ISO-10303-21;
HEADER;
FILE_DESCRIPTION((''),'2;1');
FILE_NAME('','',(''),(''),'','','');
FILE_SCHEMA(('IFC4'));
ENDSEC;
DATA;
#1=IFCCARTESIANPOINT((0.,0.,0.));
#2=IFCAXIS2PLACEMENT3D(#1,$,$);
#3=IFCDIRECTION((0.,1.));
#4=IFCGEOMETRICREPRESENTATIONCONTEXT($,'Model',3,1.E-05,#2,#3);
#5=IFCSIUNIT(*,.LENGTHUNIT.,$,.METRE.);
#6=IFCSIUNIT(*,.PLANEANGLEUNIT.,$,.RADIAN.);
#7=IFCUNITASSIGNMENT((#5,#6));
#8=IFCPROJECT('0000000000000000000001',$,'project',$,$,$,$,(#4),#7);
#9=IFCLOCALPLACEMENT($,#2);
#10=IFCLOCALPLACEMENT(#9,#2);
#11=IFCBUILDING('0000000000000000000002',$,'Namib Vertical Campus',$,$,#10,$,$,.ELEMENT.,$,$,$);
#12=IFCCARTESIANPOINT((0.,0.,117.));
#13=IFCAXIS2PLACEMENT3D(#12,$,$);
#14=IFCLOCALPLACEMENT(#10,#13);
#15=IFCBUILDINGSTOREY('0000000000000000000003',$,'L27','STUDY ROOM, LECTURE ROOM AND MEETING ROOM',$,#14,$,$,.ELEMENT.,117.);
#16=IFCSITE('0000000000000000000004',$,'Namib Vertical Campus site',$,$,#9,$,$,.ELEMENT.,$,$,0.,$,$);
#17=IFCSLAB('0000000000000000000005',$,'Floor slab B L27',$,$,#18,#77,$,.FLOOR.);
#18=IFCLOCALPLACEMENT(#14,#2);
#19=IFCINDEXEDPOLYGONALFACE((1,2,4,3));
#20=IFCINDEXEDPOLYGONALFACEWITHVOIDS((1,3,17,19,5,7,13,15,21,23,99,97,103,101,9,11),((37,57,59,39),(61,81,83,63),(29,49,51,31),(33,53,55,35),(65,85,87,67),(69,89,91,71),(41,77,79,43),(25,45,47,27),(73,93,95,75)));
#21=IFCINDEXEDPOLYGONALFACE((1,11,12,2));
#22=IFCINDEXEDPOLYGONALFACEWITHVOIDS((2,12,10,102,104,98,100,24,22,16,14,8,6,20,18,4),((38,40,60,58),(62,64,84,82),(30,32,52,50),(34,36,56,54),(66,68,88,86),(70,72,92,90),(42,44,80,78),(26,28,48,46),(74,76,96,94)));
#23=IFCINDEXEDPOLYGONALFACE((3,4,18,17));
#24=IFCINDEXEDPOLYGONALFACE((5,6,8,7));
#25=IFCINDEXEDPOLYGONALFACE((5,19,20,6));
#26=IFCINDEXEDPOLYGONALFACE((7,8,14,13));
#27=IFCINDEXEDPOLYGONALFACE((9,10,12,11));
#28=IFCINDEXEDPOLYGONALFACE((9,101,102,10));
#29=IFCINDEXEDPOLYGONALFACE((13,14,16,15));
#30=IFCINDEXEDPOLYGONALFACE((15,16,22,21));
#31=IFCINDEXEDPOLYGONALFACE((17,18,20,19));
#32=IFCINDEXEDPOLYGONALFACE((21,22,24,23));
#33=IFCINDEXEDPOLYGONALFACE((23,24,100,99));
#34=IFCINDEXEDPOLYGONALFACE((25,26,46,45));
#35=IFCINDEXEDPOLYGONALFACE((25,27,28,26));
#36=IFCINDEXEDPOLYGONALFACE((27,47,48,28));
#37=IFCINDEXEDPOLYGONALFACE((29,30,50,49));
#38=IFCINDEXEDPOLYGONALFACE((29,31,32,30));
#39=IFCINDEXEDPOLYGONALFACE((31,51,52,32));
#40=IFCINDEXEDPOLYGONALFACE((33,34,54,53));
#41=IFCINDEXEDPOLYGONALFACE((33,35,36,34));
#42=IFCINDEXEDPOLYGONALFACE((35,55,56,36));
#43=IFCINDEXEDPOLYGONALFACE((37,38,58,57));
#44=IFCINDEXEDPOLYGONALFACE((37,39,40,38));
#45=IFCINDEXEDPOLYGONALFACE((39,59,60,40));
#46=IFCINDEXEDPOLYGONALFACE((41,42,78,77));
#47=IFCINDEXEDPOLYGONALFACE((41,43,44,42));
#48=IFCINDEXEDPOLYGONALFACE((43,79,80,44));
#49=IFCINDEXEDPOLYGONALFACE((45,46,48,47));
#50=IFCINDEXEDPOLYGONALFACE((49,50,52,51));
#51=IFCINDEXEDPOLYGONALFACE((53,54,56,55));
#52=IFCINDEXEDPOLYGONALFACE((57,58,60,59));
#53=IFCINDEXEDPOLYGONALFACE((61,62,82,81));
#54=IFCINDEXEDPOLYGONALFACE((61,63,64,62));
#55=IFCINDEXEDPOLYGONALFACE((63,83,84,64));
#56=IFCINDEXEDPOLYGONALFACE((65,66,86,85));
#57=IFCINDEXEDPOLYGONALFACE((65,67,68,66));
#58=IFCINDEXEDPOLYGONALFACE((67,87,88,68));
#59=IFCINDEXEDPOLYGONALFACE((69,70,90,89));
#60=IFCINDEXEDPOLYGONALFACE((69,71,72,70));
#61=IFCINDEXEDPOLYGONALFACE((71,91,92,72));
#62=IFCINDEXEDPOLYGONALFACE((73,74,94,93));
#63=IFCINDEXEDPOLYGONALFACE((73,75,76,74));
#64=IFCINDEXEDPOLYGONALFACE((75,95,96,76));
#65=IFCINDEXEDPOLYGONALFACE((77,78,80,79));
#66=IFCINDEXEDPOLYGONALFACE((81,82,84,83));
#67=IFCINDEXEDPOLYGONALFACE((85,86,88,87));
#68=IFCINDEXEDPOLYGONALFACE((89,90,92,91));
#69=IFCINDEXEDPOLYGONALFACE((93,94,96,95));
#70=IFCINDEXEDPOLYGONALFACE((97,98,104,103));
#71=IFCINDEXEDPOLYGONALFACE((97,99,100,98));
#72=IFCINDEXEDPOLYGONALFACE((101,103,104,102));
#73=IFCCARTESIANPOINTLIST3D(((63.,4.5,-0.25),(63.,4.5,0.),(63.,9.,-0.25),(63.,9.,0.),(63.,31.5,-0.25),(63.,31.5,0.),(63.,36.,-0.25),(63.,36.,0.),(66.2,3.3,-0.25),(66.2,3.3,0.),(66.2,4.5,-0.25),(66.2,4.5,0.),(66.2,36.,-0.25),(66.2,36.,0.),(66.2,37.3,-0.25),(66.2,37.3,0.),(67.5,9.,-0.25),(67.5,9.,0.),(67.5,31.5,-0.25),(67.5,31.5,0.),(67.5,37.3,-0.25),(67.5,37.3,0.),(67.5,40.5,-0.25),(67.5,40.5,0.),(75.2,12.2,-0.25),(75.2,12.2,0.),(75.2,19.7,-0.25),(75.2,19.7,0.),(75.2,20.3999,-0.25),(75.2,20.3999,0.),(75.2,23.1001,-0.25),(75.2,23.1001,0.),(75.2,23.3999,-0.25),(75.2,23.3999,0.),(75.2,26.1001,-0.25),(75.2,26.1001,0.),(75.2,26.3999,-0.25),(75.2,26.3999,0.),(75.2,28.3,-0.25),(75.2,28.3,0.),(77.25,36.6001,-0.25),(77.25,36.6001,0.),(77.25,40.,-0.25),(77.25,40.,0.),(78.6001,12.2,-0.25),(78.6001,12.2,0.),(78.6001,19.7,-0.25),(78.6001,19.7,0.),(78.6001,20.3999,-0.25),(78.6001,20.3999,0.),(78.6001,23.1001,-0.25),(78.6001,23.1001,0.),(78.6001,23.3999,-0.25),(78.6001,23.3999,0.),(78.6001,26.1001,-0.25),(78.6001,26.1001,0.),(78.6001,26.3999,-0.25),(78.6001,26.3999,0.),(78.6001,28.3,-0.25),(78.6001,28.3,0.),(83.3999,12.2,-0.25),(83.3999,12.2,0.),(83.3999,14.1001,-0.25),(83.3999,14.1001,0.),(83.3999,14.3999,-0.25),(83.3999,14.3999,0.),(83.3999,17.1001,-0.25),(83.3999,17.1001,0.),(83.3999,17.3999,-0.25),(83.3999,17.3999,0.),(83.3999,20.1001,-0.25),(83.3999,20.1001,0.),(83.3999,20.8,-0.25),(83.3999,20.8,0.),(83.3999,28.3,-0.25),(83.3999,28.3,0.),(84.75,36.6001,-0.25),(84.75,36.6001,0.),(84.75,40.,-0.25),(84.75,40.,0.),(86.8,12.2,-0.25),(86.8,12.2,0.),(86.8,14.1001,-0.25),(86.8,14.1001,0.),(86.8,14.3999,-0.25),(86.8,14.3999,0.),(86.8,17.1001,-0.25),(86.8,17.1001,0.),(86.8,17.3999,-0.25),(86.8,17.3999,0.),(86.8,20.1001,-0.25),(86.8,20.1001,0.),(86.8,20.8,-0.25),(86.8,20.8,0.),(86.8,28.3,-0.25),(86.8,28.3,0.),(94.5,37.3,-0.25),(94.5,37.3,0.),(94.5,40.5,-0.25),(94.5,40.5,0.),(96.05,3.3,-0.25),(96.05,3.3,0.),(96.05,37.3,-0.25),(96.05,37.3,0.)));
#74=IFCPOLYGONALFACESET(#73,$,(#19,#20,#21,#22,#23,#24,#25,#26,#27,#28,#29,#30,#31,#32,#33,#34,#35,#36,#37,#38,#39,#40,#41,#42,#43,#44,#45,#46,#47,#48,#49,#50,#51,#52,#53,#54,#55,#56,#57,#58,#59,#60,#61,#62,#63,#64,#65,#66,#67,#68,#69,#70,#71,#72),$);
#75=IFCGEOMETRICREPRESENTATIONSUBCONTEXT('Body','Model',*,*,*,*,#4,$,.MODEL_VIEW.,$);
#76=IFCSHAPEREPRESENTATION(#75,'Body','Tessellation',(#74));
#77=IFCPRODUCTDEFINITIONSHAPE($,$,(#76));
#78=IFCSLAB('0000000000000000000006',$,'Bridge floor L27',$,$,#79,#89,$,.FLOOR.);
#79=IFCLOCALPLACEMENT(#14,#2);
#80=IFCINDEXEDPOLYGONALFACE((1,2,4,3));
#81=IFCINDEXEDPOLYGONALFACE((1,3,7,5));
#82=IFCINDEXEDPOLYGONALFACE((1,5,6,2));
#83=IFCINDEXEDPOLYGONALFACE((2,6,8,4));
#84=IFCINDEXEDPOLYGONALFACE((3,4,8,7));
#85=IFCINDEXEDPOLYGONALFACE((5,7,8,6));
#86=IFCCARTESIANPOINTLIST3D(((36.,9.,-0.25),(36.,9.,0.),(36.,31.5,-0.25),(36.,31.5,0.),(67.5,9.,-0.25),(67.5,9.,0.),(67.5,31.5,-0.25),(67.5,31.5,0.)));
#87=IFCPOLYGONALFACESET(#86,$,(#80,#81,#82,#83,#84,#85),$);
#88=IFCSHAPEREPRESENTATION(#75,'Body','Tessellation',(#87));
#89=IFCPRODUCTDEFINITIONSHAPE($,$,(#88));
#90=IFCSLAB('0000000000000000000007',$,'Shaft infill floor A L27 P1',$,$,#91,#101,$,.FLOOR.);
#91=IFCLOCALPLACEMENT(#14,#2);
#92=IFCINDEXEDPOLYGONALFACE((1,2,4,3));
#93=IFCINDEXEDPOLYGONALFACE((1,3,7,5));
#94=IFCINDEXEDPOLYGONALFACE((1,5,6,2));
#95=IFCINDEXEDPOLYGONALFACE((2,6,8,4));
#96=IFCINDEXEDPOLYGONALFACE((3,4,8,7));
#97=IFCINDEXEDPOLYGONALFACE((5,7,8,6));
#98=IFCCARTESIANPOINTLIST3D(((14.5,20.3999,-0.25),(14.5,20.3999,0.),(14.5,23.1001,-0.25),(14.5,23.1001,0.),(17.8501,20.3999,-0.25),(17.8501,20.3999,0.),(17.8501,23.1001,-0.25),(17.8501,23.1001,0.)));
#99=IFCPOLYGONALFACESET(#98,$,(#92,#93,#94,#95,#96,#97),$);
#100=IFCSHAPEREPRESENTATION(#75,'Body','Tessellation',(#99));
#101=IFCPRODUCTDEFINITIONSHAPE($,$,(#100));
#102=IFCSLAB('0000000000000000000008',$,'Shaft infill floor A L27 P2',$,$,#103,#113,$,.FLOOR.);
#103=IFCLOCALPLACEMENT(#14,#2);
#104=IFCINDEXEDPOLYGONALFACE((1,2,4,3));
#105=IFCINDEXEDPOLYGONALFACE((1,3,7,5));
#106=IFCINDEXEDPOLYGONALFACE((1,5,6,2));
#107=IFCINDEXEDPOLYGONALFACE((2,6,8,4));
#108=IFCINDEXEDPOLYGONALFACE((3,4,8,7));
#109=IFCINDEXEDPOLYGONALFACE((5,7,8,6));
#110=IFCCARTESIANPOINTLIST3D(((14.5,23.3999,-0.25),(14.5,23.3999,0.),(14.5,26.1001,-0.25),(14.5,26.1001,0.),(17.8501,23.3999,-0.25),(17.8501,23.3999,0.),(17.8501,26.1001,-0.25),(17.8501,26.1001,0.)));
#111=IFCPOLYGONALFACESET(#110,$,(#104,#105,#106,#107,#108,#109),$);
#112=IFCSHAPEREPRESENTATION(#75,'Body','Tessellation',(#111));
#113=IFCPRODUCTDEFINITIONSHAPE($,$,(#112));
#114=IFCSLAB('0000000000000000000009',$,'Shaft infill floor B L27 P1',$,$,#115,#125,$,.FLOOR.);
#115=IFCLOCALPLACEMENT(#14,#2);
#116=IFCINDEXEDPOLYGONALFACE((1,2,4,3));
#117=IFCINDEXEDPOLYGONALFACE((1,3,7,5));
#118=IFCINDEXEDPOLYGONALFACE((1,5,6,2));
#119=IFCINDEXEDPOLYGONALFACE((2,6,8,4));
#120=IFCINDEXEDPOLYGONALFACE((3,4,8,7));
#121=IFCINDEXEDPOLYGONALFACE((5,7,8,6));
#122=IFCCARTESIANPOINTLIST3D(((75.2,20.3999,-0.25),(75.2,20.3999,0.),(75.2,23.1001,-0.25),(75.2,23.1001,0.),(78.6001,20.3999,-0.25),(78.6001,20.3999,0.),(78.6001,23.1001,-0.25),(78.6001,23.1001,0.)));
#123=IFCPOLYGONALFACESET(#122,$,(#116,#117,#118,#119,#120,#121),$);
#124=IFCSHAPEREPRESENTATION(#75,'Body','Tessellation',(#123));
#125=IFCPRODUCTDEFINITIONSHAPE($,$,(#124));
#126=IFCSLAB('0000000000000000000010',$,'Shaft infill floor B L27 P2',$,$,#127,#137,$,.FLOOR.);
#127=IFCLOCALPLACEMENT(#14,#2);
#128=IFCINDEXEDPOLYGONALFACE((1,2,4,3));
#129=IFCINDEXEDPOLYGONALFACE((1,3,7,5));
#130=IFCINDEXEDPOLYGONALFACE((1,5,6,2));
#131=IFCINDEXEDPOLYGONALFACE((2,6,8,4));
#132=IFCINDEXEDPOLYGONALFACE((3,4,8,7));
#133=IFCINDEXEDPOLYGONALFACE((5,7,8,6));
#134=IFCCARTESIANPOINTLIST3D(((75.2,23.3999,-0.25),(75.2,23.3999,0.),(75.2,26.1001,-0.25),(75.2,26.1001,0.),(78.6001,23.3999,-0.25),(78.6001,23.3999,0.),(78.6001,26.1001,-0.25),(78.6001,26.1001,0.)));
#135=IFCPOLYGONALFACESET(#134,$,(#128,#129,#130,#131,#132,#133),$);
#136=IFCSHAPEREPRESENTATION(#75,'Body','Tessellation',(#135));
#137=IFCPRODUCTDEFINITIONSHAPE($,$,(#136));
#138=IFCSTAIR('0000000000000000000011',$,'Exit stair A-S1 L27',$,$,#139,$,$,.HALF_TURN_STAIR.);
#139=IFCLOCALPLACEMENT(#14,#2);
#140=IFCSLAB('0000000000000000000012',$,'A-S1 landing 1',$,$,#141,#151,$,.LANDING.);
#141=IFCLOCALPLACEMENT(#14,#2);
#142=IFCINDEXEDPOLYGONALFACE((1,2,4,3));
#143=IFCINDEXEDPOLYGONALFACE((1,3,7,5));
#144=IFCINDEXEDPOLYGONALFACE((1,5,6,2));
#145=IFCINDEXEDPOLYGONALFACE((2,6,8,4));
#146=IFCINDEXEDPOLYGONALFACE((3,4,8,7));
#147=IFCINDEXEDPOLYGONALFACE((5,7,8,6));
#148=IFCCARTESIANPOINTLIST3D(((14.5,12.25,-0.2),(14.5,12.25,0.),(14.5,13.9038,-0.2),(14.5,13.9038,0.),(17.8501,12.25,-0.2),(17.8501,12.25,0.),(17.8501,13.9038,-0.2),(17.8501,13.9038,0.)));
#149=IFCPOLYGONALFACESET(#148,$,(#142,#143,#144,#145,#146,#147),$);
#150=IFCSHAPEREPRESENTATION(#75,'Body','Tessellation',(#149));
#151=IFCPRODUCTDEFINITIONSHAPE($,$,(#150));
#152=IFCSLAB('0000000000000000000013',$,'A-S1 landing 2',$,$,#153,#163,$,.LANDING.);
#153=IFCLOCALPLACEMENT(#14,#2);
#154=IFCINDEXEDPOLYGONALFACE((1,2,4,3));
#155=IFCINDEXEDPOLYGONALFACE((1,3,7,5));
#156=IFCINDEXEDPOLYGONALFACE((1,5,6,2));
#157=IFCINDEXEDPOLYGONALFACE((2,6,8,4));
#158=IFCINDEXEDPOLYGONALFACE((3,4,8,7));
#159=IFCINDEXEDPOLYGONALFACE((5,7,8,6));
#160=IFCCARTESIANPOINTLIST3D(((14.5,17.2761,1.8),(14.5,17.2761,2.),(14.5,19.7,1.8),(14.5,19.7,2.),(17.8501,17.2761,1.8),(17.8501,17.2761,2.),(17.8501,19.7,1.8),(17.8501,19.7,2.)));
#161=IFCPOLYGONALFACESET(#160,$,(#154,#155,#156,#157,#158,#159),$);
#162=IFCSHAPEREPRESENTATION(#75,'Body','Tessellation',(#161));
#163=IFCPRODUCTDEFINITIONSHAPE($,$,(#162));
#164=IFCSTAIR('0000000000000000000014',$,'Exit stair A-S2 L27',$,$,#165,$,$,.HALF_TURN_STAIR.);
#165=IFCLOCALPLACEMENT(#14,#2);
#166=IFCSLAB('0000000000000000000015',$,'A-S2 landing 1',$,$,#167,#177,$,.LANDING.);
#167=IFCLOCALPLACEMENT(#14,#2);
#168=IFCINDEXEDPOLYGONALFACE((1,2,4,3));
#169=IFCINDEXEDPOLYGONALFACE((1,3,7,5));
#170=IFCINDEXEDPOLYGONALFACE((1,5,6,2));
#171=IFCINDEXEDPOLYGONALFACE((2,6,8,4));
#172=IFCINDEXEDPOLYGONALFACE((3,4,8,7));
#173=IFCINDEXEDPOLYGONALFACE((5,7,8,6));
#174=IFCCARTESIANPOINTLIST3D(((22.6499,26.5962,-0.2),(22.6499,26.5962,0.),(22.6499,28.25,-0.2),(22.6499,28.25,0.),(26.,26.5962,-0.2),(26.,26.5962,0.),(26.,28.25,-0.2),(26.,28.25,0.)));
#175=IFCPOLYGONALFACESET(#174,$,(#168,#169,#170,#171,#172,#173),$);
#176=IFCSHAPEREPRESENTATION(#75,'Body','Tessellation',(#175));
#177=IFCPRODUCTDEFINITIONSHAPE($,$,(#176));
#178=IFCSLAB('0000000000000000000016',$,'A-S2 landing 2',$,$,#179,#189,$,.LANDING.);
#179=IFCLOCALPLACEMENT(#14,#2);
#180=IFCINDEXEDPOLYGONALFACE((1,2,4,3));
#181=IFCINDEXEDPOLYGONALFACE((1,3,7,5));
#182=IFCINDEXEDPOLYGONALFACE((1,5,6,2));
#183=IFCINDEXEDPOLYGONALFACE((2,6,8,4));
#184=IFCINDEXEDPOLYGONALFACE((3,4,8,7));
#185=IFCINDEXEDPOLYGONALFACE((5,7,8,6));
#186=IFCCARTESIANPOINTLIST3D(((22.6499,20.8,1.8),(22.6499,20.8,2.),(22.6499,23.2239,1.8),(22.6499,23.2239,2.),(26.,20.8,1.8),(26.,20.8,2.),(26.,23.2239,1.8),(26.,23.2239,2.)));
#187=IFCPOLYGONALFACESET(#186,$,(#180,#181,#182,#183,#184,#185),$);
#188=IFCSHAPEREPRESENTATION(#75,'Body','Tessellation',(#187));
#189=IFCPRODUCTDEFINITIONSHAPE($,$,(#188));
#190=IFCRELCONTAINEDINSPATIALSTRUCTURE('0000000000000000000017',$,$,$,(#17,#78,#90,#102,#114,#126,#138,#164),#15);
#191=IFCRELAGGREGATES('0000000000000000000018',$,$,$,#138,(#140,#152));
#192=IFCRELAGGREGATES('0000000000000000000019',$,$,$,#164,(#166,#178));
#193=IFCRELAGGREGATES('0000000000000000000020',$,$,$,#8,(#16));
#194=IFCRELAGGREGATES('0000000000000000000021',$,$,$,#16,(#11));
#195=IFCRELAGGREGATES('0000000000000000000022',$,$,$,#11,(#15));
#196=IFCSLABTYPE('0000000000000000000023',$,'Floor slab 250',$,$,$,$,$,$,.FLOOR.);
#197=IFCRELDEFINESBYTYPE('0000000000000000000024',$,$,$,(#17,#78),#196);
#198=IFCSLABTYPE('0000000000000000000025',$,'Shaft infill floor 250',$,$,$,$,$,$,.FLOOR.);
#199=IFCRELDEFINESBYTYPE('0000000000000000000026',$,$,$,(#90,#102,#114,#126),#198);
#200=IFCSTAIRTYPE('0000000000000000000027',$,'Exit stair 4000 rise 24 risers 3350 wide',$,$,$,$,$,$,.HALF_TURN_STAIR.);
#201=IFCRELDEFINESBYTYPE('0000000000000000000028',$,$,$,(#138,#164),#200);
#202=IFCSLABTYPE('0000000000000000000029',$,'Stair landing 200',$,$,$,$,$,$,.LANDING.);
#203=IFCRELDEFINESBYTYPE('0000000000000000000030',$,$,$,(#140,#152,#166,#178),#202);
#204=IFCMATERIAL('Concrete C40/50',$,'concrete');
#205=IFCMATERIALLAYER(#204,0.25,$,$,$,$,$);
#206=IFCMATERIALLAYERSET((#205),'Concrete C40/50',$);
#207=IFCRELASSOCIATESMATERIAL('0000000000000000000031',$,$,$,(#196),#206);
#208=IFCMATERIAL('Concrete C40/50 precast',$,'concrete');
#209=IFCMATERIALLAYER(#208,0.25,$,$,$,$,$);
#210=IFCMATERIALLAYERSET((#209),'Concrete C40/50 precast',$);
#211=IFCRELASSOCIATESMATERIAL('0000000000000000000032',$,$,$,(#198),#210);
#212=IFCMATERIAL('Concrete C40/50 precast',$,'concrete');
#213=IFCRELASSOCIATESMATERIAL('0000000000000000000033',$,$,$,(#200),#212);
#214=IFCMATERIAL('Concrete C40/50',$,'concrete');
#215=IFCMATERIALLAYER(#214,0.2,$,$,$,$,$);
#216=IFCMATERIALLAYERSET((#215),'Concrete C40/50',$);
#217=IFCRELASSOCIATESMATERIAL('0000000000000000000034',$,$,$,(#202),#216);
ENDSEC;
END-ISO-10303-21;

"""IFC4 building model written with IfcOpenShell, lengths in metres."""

from ifc_helpers import new_model, si_unit, direction, frame, origin, place, context, subcontext, project, spatial, polyline, outline, extrude, material, layer, layer_set, type_object, element, aggregate, save


model = new_model("IFC4")

# Units and contexts
model_context = context("Model", 3, precision=1e-05, world=origin(), true_north=direction((0.0, 1.0)))
body_context = subcontext(model_context, "Body", "Model", "MODEL_VIEW")
ifc_project = project(units=[si_unit("LENGTHUNIT", "METRE"), si_unit("PLANEANGLEUNIT", "RADIAN")], contexts=[model_context])

# Site, building, storey
site_placement = place(None, origin())
site = spatial("IfcSite", under=ifc_project, at=site_placement, Name="Namib Vertical Campus site", CompositionType="ELEMENT", RefElevation=0.0)
building_placement = place(site_placement, origin())
building = spatial("IfcBuilding", under=site, at=building_placement, Name="Namib Vertical Campus", CompositionType="ELEMENT")
storey_placement = place(building_placement, frame((0.0, 0.0, 117.0)))
storey = spatial("IfcBuildingStorey", under=building, at=storey_placement, Name="L27", Description="STUDY ROOM, LECTURE ROOM AND MEETING ROOM", CompositionType="ELEMENT", Elevation=117.0)

# Slabs
ifc_material_1 = material(Name="Concrete C40/50", Category="concrete")
ifc_layer_1 = layer(ifc_material_1, 0.25)
ifc_layer_set_1 = layer_set([ifc_layer_1], Name="Concrete C40/50")
slab_type_1 = type_object("IfcSlabType", Name="Floor slab 250", PredefinedType="FLOOR", material=ifc_layer_set_1)
slab_1_placement = place(storey_placement, frame((0.0, 0.0, -0.25)))
element("IfcSlab", 1, at=slab_1_placement, inside=storey, type_object=slab_type_1, Name="Floor slab B L27", PredefinedType="FLOOR", context=body_context, shape_type="SweptSolid", body=[
    extrude(outline(polyline([(63.0, 9.0), (63.0, 4.5), (66.2, 4.5), (66.2, 3.3), (96.05, 3.3), (96.05, 37.3), (94.5, 37.3), (94.5, 40.5), (67.5, 40.5), (67.5, 37.3), (66.2, 37.3), (66.2, 36.0), (63.0, 36.0), (63.0, 31.5), (67.5, 31.5), (67.5, 9.0), (63.0, 9.0)]), holes=[polyline([(75.2, 12.2), (78.6001, 12.2), (78.6001, 19.7), (75.2, 19.7), (75.2, 12.2)]), polyline([(83.3999, 20.8), (86.8, 20.8), (86.8, 28.3), (83.3999, 28.3), (83.3999, 20.8)]), polyline([(83.3999, 12.2), (86.8, 12.2), (86.8, 14.1001), (83.3999, 14.1001), (83.3999, 12.2)]), polyline([(75.2, 20.3999), (78.6001, 20.3999), (78.6001, 23.1001), (75.2, 23.1001), (75.2, 20.3999)]), polyline([(75.2, 23.3999), (78.6001, 23.3999), (78.6001, 26.1001), (75.2, 26.1001), (75.2, 23.3999)]), polyline([(75.2, 26.3999), (78.6001, 26.3999), (78.6001, 28.3), (75.2, 28.3), (75.2, 26.3999)]), polyline([(83.3999, 14.3999), (86.8, 14.3999), (86.8, 17.1001), (83.3999, 17.1001), (83.3999, 14.3999)]), polyline([(83.3999, 17.3999), (86.8, 17.3999), (86.8, 20.1001), (83.3999, 20.1001), (83.3999, 17.3999)]), polyline([(77.25, 36.6001), (84.75, 36.6001), (84.75, 40.0), (77.25, 40.0), (77.25, 36.6001)])]), origin(), (0.0, 0.0, 1.0), 0.25),
])
slab_2_placement = place(storey_placement, frame((0.0, 0.0, -0.25)))
element("IfcSlab", 2, at=slab_2_placement, inside=storey, type_object=slab_type_1, Name="Bridge floor L27", PredefinedType="FLOOR", context=body_context, shape_type="SweptSolid", body=[
    extrude(outline(polyline([(36.0, 9.0), (67.5, 9.0), (67.5, 31.5), (36.0, 31.5), (36.0, 9.0)])), origin(), (0.0, 0.0, 1.0), 0.25),
])
ifc_material_2 = material(Name="Concrete C40/50 precast", Category="concrete")
ifc_layer_2 = layer(ifc_material_2, 0.25)
ifc_layer_set_2 = layer_set([ifc_layer_2], Name="Concrete C40/50 precast")
slab_type_2 = type_object("IfcSlabType", Name="Shaft infill floor 250", PredefinedType="FLOOR", material=ifc_layer_set_2)
slab_3_placement = place(storey_placement, frame((0.0, 0.0, -0.25)))
element("IfcSlab", 3, at=slab_3_placement, inside=storey, type_object=slab_type_2, Name="Shaft infill floor A L27 P1", PredefinedType="FLOOR", context=body_context, shape_type="SweptSolid", body=[
    extrude(outline(polyline([(14.5, 20.3999), (17.8501, 20.3999), (17.8501, 23.1001), (14.5, 23.1001), (14.5, 20.3999)])), origin(), (0.0, 0.0, 1.0), 0.25),
])
slab_4_placement = place(storey_placement, frame((0.0, 0.0, -0.25)))
element("IfcSlab", 4, at=slab_4_placement, inside=storey, type_object=slab_type_2, Name="Shaft infill floor A L27 P2", PredefinedType="FLOOR", context=body_context, shape_type="SweptSolid", body=[
    extrude(outline(polyline([(14.5, 23.3999), (17.8501, 23.3999), (17.8501, 26.1001), (14.5, 26.1001), (14.5, 23.3999)])), origin(), (0.0, 0.0, 1.0), 0.25),
])
slab_5_placement = place(storey_placement, frame((0.0, 0.0, -0.25)))
element("IfcSlab", 5, at=slab_5_placement, inside=storey, type_object=slab_type_2, Name="Shaft infill floor B L27 P1", PredefinedType="FLOOR", context=body_context, shape_type="SweptSolid", body=[
    extrude(outline(polyline([(75.2, 20.3999), (78.6001, 20.3999), (78.6001, 23.1001), (75.2, 23.1001), (75.2, 20.3999)])), origin(), (0.0, 0.0, 1.0), 0.25),
])
slab_6_placement = place(storey_placement, frame((0.0, 0.0, -0.25)))
element("IfcSlab", 6, at=slab_6_placement, inside=storey, type_object=slab_type_2, Name="Shaft infill floor B L27 P2", PredefinedType="FLOOR", context=body_context, shape_type="SweptSolid", body=[
    extrude(outline(polyline([(75.2, 23.3999), (78.6001, 23.3999), (78.6001, 26.1001), (75.2, 26.1001), (75.2, 23.3999)])), origin(), (0.0, 0.0, 1.0), 0.25),
])

# Stairs, slabs
ifc_material_3 = material(Name="Concrete C40/50 precast", Category="concrete")
stair_type_1 = type_object("IfcStairType", Name="Exit stair 4000 rise 24 risers 3350 wide", PredefinedType="HALF_TURN_STAIR", material=ifc_material_3)
stair_1_placement = place(storey_placement, origin())
stair_1 = element("IfcStair", 7, at=stair_1_placement, inside=storey, type_object=stair_type_1, Name="Exit stair A-S1 L27", PredefinedType="HALF_TURN_STAIR")
ifc_material_4 = material(Name="Concrete C40/50", Category="concrete")
ifc_layer_3 = layer(ifc_material_4, 0.2)
ifc_layer_set_3 = layer_set([ifc_layer_3], Name="Concrete C40/50")
slab_type_3 = type_object("IfcSlabType", Name="Stair landing 200", PredefinedType="LANDING", material=ifc_layer_set_3)
slab_7_placement = place(storey_placement, frame((0.0, 0.0, -0.2)))
slab_7 = element("IfcSlab", 8, at=slab_7_placement, type_object=slab_type_3, Name="A-S1 landing 1", PredefinedType="LANDING", context=body_context, shape_type="SweptSolid", body=[
    extrude(outline(polyline([(14.5, 12.25), (17.8501, 12.25), (17.8501, 13.9038), (14.5, 13.9038), (14.5, 12.25)])), origin(), (0.0, 0.0, 1.0), 0.2),
])
slab_8_placement = place(storey_placement, frame((0.0, 0.0, 1.8)))
slab_8 = element("IfcSlab", 9, at=slab_8_placement, type_object=slab_type_3, Name="A-S1 landing 2", PredefinedType="LANDING", context=body_context, shape_type="SweptSolid", body=[
    extrude(outline(polyline([(14.5, 17.2761), (17.8501, 17.2761), (17.8501, 19.7), (14.5, 19.7), (14.5, 17.2761)])), origin(), (0.0, 0.0, 1.0), 0.2),
])
aggregate(stair_1, [slab_7, slab_8])
stair_2_placement = place(storey_placement, origin())
stair_2 = element("IfcStair", 10, at=stair_2_placement, inside=storey, type_object=stair_type_1, Name="Exit stair A-S2 L27", PredefinedType="HALF_TURN_STAIR")
slab_9_placement = place(storey_placement, frame((0.0, 0.0, -0.2)))
slab_9 = element("IfcSlab", 11, at=slab_9_placement, type_object=slab_type_3, Name="A-S2 landing 1", PredefinedType="LANDING", context=body_context, shape_type="SweptSolid", body=[
    extrude(outline(polyline([(22.6499, 26.5962), (26.0, 26.5962), (26.0, 28.25), (22.6499, 28.25), (22.6499, 26.5962)])), origin(), (0.0, 0.0, 1.0), 0.2),
])
slab_10_placement = place(storey_placement, frame((0.0, 0.0, 1.8)))
slab_10 = element("IfcSlab", 12, at=slab_10_placement, type_object=slab_type_3, Name="A-S2 landing 2", PredefinedType="LANDING", context=body_context, shape_type="SweptSolid", body=[
    extrude(outline(polyline([(22.6499, 20.8), (26.0, 20.8), (26.0, 23.2239), (22.6499, 23.2239), (22.6499, 20.8)])), origin(), (0.0, 0.0, 1.0), 0.2),
])
aggregate(stair_2, [slab_9, slab_10])

save(model, "model.ifc")
